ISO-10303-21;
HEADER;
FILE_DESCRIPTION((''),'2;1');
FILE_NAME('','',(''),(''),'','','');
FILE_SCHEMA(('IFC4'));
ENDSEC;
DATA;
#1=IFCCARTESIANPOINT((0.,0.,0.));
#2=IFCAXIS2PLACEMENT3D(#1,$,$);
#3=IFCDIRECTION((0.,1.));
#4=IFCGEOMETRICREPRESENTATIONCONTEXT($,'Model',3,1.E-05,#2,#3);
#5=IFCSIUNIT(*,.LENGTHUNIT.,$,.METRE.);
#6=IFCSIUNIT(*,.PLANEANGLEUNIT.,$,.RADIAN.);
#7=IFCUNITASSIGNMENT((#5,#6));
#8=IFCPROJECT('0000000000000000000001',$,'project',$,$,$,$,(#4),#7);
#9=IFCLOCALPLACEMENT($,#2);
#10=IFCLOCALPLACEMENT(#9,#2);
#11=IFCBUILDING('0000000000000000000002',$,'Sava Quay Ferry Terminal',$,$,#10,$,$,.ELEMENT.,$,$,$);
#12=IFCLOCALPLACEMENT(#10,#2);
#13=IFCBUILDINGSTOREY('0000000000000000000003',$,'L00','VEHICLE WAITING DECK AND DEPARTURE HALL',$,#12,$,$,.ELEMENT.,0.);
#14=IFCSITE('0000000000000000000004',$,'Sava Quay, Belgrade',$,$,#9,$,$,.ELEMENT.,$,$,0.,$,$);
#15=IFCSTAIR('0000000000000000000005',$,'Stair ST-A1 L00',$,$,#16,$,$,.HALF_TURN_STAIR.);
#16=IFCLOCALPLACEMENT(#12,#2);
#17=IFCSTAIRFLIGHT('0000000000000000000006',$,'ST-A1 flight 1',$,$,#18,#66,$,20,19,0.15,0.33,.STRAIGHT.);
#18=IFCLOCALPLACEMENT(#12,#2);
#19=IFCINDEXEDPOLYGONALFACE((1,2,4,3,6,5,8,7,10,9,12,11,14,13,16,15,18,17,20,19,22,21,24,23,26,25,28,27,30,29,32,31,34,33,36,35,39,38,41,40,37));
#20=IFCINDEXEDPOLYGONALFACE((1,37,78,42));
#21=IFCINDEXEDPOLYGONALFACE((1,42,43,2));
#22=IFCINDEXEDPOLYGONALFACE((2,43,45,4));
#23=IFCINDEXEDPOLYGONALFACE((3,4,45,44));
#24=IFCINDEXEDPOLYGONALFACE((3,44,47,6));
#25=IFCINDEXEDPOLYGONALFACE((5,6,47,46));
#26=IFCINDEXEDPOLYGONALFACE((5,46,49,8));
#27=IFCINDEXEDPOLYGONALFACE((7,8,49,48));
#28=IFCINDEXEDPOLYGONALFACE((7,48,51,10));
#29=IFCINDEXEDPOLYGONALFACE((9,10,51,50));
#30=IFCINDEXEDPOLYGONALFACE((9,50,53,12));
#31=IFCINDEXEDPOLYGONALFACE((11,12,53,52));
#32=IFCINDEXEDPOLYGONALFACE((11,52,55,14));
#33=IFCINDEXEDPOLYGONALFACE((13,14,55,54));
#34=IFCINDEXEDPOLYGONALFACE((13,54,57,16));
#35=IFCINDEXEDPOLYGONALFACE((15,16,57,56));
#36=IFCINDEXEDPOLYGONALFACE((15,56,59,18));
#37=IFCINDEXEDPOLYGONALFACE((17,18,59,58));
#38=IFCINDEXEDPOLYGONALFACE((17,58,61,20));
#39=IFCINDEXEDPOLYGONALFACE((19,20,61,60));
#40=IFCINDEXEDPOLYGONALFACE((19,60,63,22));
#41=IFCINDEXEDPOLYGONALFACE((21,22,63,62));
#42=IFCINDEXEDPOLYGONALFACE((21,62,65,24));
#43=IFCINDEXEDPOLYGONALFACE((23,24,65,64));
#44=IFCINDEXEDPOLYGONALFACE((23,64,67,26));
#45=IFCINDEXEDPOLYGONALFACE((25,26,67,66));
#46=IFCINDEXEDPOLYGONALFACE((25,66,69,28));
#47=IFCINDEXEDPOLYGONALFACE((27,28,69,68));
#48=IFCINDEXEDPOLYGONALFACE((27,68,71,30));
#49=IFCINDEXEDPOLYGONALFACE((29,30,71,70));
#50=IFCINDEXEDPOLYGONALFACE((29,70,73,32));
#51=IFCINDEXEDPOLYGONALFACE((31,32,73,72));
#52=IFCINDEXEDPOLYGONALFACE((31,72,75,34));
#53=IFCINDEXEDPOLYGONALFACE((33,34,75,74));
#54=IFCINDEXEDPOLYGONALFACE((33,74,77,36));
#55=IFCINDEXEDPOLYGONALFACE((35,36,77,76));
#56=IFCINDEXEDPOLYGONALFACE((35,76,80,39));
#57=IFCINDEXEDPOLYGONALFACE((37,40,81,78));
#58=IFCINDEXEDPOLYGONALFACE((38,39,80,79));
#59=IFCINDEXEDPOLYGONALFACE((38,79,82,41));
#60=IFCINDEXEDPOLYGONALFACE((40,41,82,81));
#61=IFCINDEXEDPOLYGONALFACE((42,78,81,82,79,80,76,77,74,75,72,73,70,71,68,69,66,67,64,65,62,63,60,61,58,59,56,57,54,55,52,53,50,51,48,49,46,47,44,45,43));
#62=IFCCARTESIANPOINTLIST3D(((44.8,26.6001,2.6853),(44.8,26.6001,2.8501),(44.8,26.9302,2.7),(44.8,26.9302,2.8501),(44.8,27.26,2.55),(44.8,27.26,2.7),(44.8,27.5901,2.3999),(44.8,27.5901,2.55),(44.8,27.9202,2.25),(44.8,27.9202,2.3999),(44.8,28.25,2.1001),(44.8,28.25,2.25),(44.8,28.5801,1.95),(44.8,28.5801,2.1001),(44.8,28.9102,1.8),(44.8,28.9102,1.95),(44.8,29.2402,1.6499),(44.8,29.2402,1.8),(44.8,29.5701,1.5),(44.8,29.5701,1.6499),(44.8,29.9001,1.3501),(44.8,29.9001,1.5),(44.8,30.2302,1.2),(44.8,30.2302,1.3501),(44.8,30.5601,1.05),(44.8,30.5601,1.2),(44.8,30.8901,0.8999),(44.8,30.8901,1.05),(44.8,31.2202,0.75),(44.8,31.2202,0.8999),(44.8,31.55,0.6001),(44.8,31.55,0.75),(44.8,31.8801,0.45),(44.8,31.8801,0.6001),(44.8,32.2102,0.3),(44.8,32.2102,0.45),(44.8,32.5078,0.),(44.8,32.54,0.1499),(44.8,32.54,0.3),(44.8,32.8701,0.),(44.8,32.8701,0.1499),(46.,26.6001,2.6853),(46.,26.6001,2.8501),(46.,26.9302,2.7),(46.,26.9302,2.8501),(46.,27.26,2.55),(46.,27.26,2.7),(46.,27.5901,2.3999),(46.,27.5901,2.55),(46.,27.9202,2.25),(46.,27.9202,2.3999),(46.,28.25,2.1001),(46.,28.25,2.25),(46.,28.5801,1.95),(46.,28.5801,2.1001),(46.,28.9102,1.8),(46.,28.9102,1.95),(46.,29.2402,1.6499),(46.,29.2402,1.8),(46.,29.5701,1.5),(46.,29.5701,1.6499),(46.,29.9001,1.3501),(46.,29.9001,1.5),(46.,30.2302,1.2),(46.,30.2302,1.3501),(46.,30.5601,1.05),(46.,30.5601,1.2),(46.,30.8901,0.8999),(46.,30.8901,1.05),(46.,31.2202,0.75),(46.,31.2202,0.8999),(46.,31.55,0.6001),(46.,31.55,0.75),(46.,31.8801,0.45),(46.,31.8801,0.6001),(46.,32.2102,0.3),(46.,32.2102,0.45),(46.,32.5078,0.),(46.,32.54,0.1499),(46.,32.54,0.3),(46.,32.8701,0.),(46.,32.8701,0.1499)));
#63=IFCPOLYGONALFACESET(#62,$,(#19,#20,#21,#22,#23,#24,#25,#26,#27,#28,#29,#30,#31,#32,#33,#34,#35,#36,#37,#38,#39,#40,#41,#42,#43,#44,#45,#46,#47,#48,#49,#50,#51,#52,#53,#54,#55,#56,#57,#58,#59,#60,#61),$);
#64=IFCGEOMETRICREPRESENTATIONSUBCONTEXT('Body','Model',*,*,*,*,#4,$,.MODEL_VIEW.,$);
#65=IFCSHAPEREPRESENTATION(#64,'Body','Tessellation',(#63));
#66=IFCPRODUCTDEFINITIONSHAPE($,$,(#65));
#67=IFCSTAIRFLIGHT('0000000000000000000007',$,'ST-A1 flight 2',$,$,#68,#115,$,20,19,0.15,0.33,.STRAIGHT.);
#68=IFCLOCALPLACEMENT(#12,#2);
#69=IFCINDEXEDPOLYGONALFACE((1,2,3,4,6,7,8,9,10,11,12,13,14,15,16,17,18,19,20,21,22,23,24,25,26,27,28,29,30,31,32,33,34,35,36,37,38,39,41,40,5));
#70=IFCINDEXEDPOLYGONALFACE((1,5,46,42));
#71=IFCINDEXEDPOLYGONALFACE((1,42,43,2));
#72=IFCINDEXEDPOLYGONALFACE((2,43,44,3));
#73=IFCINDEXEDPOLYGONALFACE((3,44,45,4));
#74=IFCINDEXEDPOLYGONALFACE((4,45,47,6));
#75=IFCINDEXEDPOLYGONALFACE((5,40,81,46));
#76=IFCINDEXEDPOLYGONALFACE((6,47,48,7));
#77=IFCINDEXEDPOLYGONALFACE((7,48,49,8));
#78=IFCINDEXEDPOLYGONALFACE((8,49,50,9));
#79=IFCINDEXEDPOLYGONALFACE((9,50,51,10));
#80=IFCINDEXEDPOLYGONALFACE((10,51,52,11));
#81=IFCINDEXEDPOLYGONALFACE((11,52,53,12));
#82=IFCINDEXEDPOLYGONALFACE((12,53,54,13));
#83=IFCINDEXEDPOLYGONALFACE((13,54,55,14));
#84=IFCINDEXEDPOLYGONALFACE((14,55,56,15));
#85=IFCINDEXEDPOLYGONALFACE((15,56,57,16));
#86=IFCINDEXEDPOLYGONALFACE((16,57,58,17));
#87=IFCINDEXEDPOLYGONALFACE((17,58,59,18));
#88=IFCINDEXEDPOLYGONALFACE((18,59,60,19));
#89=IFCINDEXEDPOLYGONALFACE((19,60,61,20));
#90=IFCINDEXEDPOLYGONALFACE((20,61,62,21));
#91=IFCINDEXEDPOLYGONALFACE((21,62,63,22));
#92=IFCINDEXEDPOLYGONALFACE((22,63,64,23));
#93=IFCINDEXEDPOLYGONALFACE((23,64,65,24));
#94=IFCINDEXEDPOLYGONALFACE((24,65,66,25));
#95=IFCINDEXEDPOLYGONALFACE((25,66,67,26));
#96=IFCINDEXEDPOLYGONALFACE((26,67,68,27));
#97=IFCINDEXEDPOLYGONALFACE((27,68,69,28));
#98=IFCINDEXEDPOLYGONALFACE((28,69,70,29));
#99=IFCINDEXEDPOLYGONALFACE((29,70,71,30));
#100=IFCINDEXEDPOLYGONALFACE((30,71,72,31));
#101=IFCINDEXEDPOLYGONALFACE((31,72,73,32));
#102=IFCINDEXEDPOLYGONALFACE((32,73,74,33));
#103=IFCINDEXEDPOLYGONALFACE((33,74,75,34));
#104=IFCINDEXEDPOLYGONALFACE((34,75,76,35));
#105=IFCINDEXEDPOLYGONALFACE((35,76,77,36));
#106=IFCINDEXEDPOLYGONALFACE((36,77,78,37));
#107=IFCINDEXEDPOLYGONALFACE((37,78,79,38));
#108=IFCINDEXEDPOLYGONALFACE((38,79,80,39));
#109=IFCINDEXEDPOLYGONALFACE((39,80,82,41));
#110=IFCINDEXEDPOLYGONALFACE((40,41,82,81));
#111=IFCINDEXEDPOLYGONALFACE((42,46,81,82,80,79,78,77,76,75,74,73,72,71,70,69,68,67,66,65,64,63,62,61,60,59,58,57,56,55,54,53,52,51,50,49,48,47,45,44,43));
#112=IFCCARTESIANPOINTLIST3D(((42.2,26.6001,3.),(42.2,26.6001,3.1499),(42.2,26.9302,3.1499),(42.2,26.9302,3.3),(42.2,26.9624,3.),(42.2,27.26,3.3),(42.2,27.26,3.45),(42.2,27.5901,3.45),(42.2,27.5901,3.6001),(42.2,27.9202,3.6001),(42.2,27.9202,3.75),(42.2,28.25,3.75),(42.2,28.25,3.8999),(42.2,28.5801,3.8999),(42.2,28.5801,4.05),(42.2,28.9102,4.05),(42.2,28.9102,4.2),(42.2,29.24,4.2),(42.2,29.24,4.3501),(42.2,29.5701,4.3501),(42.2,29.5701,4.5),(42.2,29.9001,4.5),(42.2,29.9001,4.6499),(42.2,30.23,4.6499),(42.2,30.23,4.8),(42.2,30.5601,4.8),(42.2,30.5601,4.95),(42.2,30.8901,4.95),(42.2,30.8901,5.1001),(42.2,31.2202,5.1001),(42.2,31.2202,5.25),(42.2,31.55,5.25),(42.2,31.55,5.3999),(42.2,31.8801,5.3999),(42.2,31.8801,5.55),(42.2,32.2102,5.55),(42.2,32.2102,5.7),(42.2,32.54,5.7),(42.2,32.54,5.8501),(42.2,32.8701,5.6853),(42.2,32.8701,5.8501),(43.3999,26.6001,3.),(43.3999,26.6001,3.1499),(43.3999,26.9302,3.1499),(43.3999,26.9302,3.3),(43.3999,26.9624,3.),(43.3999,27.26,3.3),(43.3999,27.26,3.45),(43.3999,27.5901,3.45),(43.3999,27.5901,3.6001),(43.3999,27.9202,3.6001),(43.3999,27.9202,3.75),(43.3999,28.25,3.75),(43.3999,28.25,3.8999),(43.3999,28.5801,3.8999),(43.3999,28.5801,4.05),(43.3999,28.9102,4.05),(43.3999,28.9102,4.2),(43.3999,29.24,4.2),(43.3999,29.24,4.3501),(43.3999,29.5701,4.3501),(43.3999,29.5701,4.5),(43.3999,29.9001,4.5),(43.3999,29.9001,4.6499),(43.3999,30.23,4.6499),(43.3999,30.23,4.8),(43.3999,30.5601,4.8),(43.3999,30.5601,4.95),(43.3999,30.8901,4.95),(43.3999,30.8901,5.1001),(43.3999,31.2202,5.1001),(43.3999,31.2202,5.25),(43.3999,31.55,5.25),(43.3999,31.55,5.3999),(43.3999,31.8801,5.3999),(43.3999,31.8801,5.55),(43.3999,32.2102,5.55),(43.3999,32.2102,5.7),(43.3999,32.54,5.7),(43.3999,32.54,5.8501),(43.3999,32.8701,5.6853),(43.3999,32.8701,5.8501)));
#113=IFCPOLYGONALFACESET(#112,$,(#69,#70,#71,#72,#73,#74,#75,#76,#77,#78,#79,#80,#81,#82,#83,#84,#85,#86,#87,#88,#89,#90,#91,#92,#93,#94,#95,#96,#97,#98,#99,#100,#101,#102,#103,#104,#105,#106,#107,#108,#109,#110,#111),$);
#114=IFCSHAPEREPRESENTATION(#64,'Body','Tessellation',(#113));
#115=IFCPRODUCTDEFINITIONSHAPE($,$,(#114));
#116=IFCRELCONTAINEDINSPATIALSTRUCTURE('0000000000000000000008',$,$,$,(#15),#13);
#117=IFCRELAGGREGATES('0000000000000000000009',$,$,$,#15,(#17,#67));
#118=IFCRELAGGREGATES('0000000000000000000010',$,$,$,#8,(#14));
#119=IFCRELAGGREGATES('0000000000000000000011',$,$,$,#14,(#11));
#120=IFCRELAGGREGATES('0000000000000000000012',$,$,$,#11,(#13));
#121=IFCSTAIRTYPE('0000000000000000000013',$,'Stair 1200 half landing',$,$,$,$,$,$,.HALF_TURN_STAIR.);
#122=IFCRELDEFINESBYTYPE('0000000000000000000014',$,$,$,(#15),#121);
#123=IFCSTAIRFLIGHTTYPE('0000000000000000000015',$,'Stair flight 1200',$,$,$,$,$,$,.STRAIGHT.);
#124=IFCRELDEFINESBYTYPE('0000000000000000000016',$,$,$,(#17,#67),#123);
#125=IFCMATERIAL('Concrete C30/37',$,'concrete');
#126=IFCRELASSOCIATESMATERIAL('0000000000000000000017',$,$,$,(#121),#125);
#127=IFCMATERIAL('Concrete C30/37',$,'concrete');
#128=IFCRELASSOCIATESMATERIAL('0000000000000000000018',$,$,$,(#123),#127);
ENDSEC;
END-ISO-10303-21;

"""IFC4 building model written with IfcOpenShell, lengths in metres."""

from ifc_helpers import new_model, si_unit, direction, frame, origin, place, context, subcontext, project, spatial, polyline, outline, extrude, material, type_object, element, aggregate, save


model = new_model("IFC4")

# Units and contexts
model_context = context("Model", 3, precision=1e-05, world=origin(), true_north=direction((0.0, 1.0)))
body_context = subcontext(model_context, "Body", "Model", "MODEL_VIEW")
ifc_project = project(units=[si_unit("LENGTHUNIT", "METRE"), si_unit("PLANEANGLEUNIT", "RADIAN")], contexts=[model_context])

# Site, building, storey
site_placement = place(None, origin())
site = spatial("IfcSite", under=ifc_project, at=site_placement, Name="Sava Quay, Belgrade", CompositionType="ELEMENT", RefElevation=0.0)
building_placement = place(site_placement, origin())
building = spatial("IfcBuilding", under=site, at=building_placement, Name="Sava Quay Ferry Terminal", CompositionType="ELEMENT")
storey_placement = place(building_placement, origin())
storey = spatial("IfcBuildingStorey", under=building, at=storey_placement, Name="L00", Description="VEHICLE WAITING DECK AND DEPARTURE HALL", CompositionType="ELEMENT", Elevation=0.0)

# Stair, stair flights
ifc_material_1 = material(Name="Concrete C30/37", Category="concrete")
stair_type = type_object("IfcStairType", Name="Stair 1200 half landing", PredefinedType="HALF_TURN_STAIR", material=ifc_material_1)
stair_placement = place(storey_placement, origin())
stair = element("IfcStair", 1, at=stair_placement, inside=storey, type_object=stair_type, Name="Stair ST-A1 L00", PredefinedType="HALF_TURN_STAIR")
ifc_material_2 = material(Name="Concrete C30/37", Category="concrete")
stair_flight_type = type_object("IfcStairFlightType", Name="Stair flight 1200", PredefinedType="STRAIGHT", material=ifc_material_2)
stair_flight_1_placement = place(storey_placement, frame((45.3999, 32.8701, 0.0), z_axis=(0.0, 0.0, 1.0), x_axis=(0.0, -1.0, 0.0)))
stair_flight_1 = element("IfcStairFlight", 2, at=stair_flight_1_placement, type_object=stair_flight_type, Name="ST-A1 flight 1", NumberOfRisers=20, NumberOfTreads=19, PredefinedType="STRAIGHT", RiserHeight=0.15, TreadLength=0.33, context=body_context, shape_type="SweptSolid", body=[
    extrude(outline(polyline([(0.0, 0.0), (0.0, 0.1499), (0.3301, 0.1499), (0.3301, 0.3), (0.6599, 0.3), (0.6599, 0.45), (0.99, 0.45), (0.99, 0.6001), (1.3201, 0.6001), (1.3201, 0.75), (1.6499, 0.75), (1.6499, 0.8999), (1.98, 0.8999), (1.98, 1.05), (2.3101, 1.05), (2.3101, 1.2), (2.6399, 1.2), (2.6399, 1.3501), (2.97, 1.3501), (2.97, 1.5), (3.3, 1.5), (3.3, 1.6499), (3.6299, 1.6499), (3.6299, 1.8), (3.96, 1.8), (3.96, 1.95), (4.29, 1.95), (4.29, 2.1001), (4.6201, 2.1001), (4.6201, 2.25), (4.95, 2.25), (4.95, 2.3999), (5.28, 2.3999), (5.28, 2.55), (5.6101, 2.55), (5.6101, 2.7), (5.9399, 2.7), (5.9399, 2.8501), (6.27, 2.8501), (6.27, 3.0), (6.27, 2.6853), (0.3623, 0.0), (0.0, 0.0)])), frame((0.0, 0.6001, 0.0), z_axis=(0.0, -1.0, 0.0), x_axis=(1.0, 0.0, 0.0)), (0.0, 0.0, 1.0), 1.2),
])
stair_flight_2_placement = place(storey_placement, frame((42.8, 26.6001, 3.0), z_axis=(0.0, 0.0, 1.0), x_axis=(0.0, 1.0, 0.0)))
stair_flight_2 = element("IfcStairFlight", 3, at=stair_flight_2_placement, type_object=stair_flight_type, Name="ST-A1 flight 2", NumberOfRisers=20, NumberOfTreads=19, PredefinedType="STRAIGHT", RiserHeight=0.15, TreadLength=0.33, context=body_context, shape_type="SweptSolid", body=[
    extrude(outline(polyline([(0.0, 0.0), (0.0, 0.1499), (0.3301, 0.1499), (0.3301, 0.3), (0.6599, 0.3), (0.6599, 0.45), (0.99, 0.45), (0.99, 0.6001), (1.3201, 0.6001), (1.3201, 0.75), (1.6499, 0.75), (1.6499, 0.8999), (1.98, 0.8999), (1.98, 1.05), (2.3101, 1.05), (2.3101, 1.2), (2.6399, 1.2), (2.6399, 1.3501), (2.97, 1.3501), (2.97, 1.5), (3.3, 1.5), (3.3, 1.6499), (3.6299, 1.6499), (3.6299, 1.8), (3.96, 1.8), (3.96, 1.95), (4.29, 1.95), (4.29, 2.1001), (4.6201, 2.1001), (4.6201, 2.25), (4.95, 2.25), (4.95, 2.3999), (5.28, 2.3999), (5.28, 2.55), (5.6101, 2.55), (5.6101, 2.7), (5.9399, 2.7), (5.9399, 2.8501), (6.27, 2.8501), (6.27, 3.0), (6.27, 2.6853), (0.3623, 0.0), (0.0, 0.0)])), frame((0.0, 0.6001, 0.0), z_axis=(0.0, -1.0, 0.0), x_axis=(1.0, 0.0, 0.0)), (0.0, 0.0, 1.0), 1.2),
])
aggregate(stair, [stair_flight_1, stair_flight_2])

save(model, "model.ifc")
